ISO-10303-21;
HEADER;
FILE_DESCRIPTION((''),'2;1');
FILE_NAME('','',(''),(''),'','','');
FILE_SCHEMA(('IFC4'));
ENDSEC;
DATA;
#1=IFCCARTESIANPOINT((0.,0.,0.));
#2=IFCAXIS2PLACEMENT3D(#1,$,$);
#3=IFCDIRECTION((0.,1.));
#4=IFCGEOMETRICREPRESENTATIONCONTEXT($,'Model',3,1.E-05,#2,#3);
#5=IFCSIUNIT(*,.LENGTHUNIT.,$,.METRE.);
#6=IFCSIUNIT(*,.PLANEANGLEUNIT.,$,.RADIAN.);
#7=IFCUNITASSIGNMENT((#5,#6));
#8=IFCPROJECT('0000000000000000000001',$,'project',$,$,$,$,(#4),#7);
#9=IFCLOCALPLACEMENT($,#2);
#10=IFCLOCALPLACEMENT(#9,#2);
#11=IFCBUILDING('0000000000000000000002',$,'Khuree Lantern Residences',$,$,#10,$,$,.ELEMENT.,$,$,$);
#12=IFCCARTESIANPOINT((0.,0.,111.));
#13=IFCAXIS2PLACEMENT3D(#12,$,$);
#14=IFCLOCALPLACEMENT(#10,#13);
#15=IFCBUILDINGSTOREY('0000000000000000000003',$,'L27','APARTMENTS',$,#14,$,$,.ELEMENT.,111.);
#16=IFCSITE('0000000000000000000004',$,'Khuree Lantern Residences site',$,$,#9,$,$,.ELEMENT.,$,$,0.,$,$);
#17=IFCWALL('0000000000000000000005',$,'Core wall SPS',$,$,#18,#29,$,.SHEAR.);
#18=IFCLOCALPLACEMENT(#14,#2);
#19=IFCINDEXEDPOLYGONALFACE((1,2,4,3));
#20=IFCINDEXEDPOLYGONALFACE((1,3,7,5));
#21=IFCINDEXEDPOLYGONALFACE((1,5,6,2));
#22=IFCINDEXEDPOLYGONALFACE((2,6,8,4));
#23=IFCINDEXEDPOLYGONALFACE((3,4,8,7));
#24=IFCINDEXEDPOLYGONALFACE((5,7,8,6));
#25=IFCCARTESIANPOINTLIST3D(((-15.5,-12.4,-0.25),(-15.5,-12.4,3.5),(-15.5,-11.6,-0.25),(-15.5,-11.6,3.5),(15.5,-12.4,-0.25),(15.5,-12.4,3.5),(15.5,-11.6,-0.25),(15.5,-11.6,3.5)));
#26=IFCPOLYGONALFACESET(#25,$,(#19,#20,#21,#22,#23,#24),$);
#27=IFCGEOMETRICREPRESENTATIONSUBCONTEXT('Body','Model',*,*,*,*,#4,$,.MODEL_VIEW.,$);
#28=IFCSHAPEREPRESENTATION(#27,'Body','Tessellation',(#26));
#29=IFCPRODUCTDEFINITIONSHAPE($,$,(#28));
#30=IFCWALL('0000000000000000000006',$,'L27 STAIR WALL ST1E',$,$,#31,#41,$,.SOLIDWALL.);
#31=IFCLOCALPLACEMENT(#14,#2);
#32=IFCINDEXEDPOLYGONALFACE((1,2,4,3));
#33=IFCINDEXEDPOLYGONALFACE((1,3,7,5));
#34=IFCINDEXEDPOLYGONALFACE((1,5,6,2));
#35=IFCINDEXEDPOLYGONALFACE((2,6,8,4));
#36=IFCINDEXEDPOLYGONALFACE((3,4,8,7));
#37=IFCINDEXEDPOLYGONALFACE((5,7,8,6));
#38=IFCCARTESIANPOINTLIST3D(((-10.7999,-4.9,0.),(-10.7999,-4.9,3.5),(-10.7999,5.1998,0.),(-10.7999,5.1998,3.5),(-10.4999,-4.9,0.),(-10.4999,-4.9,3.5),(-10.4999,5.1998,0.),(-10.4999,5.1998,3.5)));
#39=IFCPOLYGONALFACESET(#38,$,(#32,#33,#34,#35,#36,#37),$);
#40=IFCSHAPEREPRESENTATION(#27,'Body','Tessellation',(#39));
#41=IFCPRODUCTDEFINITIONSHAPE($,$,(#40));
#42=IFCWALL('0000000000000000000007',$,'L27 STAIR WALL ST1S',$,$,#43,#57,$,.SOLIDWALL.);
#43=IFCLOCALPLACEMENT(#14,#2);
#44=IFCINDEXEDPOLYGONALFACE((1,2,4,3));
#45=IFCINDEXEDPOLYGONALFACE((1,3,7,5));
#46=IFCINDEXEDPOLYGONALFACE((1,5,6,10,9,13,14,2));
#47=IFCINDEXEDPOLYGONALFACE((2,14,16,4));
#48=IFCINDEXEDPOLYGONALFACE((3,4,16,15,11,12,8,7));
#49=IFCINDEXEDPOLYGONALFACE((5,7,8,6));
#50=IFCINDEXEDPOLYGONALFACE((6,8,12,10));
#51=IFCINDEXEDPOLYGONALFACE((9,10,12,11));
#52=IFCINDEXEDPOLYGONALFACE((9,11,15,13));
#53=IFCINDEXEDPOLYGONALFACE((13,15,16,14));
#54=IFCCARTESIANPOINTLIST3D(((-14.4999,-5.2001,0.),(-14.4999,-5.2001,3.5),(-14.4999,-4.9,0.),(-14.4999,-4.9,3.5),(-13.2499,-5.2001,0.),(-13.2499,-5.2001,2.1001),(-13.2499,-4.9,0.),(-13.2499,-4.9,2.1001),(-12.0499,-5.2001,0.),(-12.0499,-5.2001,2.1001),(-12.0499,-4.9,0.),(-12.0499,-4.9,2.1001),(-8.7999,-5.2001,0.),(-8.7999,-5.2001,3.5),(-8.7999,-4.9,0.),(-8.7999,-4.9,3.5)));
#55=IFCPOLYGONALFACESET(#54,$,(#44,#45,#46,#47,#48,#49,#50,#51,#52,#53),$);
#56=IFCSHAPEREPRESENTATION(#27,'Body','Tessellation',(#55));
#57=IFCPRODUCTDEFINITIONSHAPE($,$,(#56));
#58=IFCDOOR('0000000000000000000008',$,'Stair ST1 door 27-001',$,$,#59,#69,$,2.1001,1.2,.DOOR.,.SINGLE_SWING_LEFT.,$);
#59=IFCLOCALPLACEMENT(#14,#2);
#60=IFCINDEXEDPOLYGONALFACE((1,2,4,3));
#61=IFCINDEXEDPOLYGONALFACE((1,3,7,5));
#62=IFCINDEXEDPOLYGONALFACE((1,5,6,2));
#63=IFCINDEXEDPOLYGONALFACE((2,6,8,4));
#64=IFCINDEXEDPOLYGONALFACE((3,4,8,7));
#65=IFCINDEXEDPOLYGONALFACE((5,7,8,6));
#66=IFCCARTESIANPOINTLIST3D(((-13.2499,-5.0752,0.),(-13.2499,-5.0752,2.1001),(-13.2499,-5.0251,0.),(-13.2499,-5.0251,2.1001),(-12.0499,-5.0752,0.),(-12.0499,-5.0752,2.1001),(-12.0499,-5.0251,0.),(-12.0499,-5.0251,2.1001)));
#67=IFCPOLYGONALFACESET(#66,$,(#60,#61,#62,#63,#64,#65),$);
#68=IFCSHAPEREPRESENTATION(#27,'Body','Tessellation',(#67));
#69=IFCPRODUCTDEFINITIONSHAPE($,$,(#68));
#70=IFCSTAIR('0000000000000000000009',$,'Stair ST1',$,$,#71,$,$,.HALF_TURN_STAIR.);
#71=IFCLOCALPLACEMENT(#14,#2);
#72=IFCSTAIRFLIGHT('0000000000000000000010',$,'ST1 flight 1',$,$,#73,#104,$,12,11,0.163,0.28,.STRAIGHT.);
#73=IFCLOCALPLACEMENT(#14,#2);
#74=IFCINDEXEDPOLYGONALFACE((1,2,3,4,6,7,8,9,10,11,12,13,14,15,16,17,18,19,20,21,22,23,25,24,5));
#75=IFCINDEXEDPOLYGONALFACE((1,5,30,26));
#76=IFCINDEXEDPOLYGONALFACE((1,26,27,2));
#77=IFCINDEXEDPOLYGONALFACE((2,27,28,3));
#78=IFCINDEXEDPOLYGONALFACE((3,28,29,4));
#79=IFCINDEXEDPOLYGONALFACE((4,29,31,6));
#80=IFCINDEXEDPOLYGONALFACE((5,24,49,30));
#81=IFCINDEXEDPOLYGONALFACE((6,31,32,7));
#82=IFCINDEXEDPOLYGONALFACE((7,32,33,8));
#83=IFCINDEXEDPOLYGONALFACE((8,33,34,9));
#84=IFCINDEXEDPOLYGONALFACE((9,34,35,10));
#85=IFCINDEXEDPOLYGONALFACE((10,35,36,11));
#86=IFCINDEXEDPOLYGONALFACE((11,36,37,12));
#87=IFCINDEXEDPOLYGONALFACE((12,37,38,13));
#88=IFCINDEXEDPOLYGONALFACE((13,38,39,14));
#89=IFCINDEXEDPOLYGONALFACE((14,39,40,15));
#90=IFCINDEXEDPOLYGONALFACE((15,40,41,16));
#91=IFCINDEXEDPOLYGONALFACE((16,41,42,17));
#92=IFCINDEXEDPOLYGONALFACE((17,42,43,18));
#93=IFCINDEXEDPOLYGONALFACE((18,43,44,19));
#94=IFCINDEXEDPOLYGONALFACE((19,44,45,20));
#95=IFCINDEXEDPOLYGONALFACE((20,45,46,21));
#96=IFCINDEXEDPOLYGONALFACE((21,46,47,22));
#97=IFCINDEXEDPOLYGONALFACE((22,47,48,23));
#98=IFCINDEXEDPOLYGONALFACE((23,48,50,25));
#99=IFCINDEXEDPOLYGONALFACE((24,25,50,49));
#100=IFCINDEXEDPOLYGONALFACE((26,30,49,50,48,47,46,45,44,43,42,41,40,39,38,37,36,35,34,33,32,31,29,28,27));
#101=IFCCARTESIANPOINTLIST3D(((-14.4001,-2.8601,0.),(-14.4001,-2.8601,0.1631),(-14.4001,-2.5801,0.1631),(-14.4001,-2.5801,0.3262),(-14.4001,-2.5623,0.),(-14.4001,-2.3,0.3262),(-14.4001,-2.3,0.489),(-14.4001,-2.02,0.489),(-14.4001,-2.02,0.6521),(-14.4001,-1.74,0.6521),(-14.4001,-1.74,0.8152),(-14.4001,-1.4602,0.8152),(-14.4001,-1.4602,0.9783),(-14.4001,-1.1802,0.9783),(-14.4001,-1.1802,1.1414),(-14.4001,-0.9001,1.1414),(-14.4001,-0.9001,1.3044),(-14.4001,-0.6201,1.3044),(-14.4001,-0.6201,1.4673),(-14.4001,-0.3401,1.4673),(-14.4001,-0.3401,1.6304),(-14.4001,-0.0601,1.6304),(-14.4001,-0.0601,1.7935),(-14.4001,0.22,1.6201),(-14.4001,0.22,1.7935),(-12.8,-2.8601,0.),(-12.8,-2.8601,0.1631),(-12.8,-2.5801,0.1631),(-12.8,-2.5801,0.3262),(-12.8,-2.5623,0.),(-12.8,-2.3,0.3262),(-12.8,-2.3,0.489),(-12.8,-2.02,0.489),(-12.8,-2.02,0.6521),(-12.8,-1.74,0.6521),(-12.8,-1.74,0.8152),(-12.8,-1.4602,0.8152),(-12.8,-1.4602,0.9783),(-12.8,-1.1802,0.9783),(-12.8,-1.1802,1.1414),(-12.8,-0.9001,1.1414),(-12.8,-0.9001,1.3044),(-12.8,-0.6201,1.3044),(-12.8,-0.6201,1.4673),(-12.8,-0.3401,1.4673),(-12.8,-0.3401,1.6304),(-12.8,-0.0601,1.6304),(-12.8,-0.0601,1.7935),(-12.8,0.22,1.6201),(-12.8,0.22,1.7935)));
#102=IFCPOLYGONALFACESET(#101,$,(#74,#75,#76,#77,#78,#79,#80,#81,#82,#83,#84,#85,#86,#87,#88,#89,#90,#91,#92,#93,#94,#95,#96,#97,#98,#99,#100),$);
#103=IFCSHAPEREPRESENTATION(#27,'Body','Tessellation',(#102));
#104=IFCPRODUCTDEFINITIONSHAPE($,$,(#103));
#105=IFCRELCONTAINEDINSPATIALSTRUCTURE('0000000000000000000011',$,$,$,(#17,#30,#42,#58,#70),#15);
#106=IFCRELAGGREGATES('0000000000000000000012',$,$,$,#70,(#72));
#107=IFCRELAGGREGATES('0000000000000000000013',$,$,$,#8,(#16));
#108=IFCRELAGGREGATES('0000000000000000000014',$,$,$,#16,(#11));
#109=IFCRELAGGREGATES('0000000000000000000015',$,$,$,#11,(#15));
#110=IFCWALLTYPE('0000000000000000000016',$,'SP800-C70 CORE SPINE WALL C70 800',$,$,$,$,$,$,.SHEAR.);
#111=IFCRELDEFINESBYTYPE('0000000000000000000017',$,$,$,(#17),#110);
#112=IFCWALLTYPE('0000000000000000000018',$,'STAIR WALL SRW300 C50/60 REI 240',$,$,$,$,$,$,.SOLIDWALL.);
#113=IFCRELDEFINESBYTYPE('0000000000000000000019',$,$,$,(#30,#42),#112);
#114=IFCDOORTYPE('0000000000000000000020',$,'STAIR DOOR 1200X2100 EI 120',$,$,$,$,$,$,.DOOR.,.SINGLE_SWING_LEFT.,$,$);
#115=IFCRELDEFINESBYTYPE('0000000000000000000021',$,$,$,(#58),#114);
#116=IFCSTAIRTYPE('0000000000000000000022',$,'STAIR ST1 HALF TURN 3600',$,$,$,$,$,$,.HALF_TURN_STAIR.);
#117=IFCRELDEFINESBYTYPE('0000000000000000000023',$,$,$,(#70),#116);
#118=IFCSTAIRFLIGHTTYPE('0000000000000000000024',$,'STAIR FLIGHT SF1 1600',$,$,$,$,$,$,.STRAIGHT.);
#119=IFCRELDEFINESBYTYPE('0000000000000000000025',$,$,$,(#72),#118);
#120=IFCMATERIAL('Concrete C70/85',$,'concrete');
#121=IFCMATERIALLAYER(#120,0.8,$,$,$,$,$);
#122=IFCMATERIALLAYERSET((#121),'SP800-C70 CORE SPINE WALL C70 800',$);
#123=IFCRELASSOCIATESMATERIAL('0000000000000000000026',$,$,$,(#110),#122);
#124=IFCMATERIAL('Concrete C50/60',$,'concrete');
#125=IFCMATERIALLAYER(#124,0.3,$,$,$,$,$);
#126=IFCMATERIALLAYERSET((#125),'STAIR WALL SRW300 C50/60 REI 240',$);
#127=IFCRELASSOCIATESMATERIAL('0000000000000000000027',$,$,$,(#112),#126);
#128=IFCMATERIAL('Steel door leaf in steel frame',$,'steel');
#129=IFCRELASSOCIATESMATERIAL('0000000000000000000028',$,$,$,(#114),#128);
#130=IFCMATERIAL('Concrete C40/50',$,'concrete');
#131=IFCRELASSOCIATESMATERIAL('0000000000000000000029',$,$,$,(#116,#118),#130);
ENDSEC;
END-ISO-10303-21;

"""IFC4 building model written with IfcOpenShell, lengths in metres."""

from ifc_helpers import new_model, si_unit, direction, frame, frame_2d, origin, place, context, subcontext, project, spatial, polyline, rectangle, outline, extrude, material, layer, layer_set, type_object, element, fill, aggregate, save


model = new_model("IFC4")

# Units and contexts
model_context = context("Model", 3, precision=1e-05, world=origin(), true_north=direction((0.0, 1.0)))
body_context = subcontext(model_context, "Body", "Model", "MODEL_VIEW")
ifc_project = project(units=[si_unit("LENGTHUNIT", "METRE"), si_unit("PLANEANGLEUNIT", "RADIAN")], contexts=[model_context])

# Site, building, storey
site_placement = place(None, origin())
site = spatial("IfcSite", under=ifc_project, at=site_placement, Name="Khuree Lantern Residences site", CompositionType="ELEMENT", RefElevation=0.0)
building_placement = place(site_placement, origin())
building = spatial("IfcBuilding", under=site, at=building_placement, Name="Khuree Lantern Residences", CompositionType="ELEMENT")
storey_placement = place(building_placement, frame((0.0, 0.0, 111.0)))
storey = spatial("IfcBuildingStorey", under=building, at=storey_placement, Name="L27", Description="APARTMENTS", CompositionType="ELEMENT", Elevation=111.0)

# Shared definitions
ifc_material_1 = material(Name="Concrete C70/85", Category="concrete")

# Shared definitions
ifc_material_2 = material(Name="Steel door leaf in steel frame", Category="steel")

# Walls
ifc_layer_1 = layer(ifc_material_1, 0.8)
ifc_layer_set_1 = layer_set([ifc_layer_1], Name="SP800-C70 CORE SPINE WALL C70 800")
wall_type_1 = type_object("IfcWallType", Name="SP800-C70 CORE SPINE WALL C70 800", PredefinedType="SHEAR", material=ifc_layer_set_1)
wall_1_placement = place(storey_placement, frame((-15.5, -12.0, -0.25), z_axis=(0.0, 0.0, 1.0), x_axis=(1.0, 0.0, 0.0)))
element("IfcWall", 1, at=wall_1_placement, inside=storey, type_object=wall_type_1, Name="Core wall SPS", PredefinedType="SHEAR", context=body_context, shape_type="SweptSolid", body=[
    extrude(rectangle(XDim=31.0, YDim=0.8, at=frame_2d((15.5, 0.0))), origin(), (0.0, 0.0, 1.0), 3.75),
])
ifc_material_3 = material(Name="Concrete C50/60", Category="concrete")
ifc_layer_2 = layer(ifc_material_3, 0.3)
ifc_layer_set_2 = layer_set([ifc_layer_2], Name="STAIR WALL SRW300 C50/60 REI 240")
wall_type_2 = type_object("IfcWallType", Name="STAIR WALL SRW300 C50/60 REI 240", PredefinedType="SOLIDWALL", material=ifc_layer_set_2)
wall_2_placement = place(storey_placement, frame((-10.6499, -4.8999, 0.0), z_axis=(0.0, 0.0, 1.0), x_axis=(0.0, 1.0, 0.0)))
element("IfcWall", 2, at=wall_2_placement, inside=storey, type_object=wall_type_2, Name="L27 STAIR WALL ST1E", PredefinedType="SOLIDWALL", context=body_context, shape_type="SweptSolid", body=[
    extrude(rectangle(XDim=10.0999, YDim=0.3, at=frame_2d((5.0498, 0.0))), origin(), (0.0, 0.0, 1.0), 3.5),
])

# Wall, opening, door
wall_3_placement = place(storey_placement, frame((-14.5, -5.05, 0.0), z_axis=(0.0, 0.0, 1.0), x_axis=(1.0, 0.0, 0.0)))
wall_3 = element("IfcWall", 3, at=wall_3_placement, inside=storey, type_object=wall_type_2, Name="L27 STAIR WALL ST1S", PredefinedType="SOLIDWALL", context=body_context, shape_type="SweptSolid", body=[
    extrude(rectangle(XDim=5.7, YDim=0.3, at=frame_2d((2.8501, 0.0))), origin(), (0.0, 0.0, 1.0), 3.5),
])
opening_1_placement = place(wall_3_placement, frame((1.25, 0.0, 0.0)))
opening_1 = element("IfcOpeningElement", 4, at=opening_1_placement, cuts=wall_3, PredefinedType="OPENING", context=body_context, shape_type="SweptSolid", body=[
    extrude(rectangle(XDim=1.2, YDim=2.1001, at=frame_2d((0.6001, 1.05))), frame((0.0, 0.1602, 0.0), z_axis=(0.0, -1.0, 0.0), x_axis=(1.0, 0.0, 0.0)), (0.0, 0.0, 1.0), 0.3201),
])
door_type_1 = type_object("IfcDoorType", Name="STAIR DOOR 1200X2100 EI 120", OperationType="SINGLE_SWING_LEFT", PredefinedType="DOOR", material=ifc_material_2)
door_1_placement = place(opening_1_placement, origin())
door_1 = element("IfcDoor", 5, at=door_1_placement, inside=storey, type_object=door_type_1, Name="Stair ST1 door 27-001", OperationType="SINGLE_SWING_LEFT", OverallHeight=2.1001, OverallWidth=1.2, PredefinedType="DOOR", context=body_context, shape_type="SweptSolid", body=[
    extrude(rectangle(XDim=1.2, YDim=2.1001, at=frame_2d((0.6001, 1.05))), frame((0.0, 0.0249, 0.0), z_axis=(0.0, -1.0, 0.0), x_axis=(1.0, 0.0, 0.0)), (0.0, 0.0, 1.0), 0.05),
])
fill(opening_1, door_1)

# Stair, stair flight
ifc_material_4 = material(Name="Concrete C40/50", Category="concrete")
stair_type = type_object("IfcStairType", Name="STAIR ST1 HALF TURN 3600", PredefinedType="HALF_TURN_STAIR", material=ifc_material_4)
stair_placement = place(storey_placement, origin())
stair = element("IfcStair", 6, at=stair_placement, inside=storey, type_object=stair_type, Name="Stair ST1", PredefinedType="HALF_TURN_STAIR")
stair_flight_type = type_object("IfcStairFlightType", Name="STAIR FLIGHT SF1 1600", PredefinedType="STRAIGHT", material=ifc_material_4)
stair_flight_placement = place(storey_placement, frame((-13.6001, -2.8601, 0.0), z_axis=(0.0, 0.0, 1.0), x_axis=(0.0, 1.0, 0.0)))
stair_flight = element("IfcStairFlight", 7, at=stair_flight_placement, type_object=stair_flight_type, Name="ST1 flight 1", NumberOfRisers=12, NumberOfTreads=11, PredefinedType="STRAIGHT", RiserHeight=0.163, TreadLength=0.28, context=body_context, shape_type="SweptSolid", body=[
    extrude(outline(polyline([(0.0, 0.0), (0.0, 0.1631), (0.28, 0.1631), (0.28, 0.3262), (0.5601, 0.3262), (0.5601, 0.489), (0.8401, 0.489), (0.8401, 0.6521), (1.1201, 0.6521), (1.1201, 0.8152), (1.3999, 0.8152), (1.3999, 0.9783), (1.6799, 0.9783), (1.6799, 1.1414), (1.96, 1.1414), (1.96, 1.3044), (2.24, 1.3044), (2.24, 1.4673), (2.52, 1.4673), (2.52, 1.6304), (2.8, 1.6304), (2.8, 1.7935), (3.0801, 1.7935), (3.0801, 1.9565), (3.0801, 1.6201), (0.2979, 0.0), (0.0, 0.0)])), frame((0.0, 0.8, 0.0), z_axis=(0.0, -1.0, 0.0), x_axis=(1.0, 0.0, 0.0)), (0.0, 0.0, 1.0), 1.6001),
])
aggregate(stair, [stair_flight])

save(model, "model.ifc")
